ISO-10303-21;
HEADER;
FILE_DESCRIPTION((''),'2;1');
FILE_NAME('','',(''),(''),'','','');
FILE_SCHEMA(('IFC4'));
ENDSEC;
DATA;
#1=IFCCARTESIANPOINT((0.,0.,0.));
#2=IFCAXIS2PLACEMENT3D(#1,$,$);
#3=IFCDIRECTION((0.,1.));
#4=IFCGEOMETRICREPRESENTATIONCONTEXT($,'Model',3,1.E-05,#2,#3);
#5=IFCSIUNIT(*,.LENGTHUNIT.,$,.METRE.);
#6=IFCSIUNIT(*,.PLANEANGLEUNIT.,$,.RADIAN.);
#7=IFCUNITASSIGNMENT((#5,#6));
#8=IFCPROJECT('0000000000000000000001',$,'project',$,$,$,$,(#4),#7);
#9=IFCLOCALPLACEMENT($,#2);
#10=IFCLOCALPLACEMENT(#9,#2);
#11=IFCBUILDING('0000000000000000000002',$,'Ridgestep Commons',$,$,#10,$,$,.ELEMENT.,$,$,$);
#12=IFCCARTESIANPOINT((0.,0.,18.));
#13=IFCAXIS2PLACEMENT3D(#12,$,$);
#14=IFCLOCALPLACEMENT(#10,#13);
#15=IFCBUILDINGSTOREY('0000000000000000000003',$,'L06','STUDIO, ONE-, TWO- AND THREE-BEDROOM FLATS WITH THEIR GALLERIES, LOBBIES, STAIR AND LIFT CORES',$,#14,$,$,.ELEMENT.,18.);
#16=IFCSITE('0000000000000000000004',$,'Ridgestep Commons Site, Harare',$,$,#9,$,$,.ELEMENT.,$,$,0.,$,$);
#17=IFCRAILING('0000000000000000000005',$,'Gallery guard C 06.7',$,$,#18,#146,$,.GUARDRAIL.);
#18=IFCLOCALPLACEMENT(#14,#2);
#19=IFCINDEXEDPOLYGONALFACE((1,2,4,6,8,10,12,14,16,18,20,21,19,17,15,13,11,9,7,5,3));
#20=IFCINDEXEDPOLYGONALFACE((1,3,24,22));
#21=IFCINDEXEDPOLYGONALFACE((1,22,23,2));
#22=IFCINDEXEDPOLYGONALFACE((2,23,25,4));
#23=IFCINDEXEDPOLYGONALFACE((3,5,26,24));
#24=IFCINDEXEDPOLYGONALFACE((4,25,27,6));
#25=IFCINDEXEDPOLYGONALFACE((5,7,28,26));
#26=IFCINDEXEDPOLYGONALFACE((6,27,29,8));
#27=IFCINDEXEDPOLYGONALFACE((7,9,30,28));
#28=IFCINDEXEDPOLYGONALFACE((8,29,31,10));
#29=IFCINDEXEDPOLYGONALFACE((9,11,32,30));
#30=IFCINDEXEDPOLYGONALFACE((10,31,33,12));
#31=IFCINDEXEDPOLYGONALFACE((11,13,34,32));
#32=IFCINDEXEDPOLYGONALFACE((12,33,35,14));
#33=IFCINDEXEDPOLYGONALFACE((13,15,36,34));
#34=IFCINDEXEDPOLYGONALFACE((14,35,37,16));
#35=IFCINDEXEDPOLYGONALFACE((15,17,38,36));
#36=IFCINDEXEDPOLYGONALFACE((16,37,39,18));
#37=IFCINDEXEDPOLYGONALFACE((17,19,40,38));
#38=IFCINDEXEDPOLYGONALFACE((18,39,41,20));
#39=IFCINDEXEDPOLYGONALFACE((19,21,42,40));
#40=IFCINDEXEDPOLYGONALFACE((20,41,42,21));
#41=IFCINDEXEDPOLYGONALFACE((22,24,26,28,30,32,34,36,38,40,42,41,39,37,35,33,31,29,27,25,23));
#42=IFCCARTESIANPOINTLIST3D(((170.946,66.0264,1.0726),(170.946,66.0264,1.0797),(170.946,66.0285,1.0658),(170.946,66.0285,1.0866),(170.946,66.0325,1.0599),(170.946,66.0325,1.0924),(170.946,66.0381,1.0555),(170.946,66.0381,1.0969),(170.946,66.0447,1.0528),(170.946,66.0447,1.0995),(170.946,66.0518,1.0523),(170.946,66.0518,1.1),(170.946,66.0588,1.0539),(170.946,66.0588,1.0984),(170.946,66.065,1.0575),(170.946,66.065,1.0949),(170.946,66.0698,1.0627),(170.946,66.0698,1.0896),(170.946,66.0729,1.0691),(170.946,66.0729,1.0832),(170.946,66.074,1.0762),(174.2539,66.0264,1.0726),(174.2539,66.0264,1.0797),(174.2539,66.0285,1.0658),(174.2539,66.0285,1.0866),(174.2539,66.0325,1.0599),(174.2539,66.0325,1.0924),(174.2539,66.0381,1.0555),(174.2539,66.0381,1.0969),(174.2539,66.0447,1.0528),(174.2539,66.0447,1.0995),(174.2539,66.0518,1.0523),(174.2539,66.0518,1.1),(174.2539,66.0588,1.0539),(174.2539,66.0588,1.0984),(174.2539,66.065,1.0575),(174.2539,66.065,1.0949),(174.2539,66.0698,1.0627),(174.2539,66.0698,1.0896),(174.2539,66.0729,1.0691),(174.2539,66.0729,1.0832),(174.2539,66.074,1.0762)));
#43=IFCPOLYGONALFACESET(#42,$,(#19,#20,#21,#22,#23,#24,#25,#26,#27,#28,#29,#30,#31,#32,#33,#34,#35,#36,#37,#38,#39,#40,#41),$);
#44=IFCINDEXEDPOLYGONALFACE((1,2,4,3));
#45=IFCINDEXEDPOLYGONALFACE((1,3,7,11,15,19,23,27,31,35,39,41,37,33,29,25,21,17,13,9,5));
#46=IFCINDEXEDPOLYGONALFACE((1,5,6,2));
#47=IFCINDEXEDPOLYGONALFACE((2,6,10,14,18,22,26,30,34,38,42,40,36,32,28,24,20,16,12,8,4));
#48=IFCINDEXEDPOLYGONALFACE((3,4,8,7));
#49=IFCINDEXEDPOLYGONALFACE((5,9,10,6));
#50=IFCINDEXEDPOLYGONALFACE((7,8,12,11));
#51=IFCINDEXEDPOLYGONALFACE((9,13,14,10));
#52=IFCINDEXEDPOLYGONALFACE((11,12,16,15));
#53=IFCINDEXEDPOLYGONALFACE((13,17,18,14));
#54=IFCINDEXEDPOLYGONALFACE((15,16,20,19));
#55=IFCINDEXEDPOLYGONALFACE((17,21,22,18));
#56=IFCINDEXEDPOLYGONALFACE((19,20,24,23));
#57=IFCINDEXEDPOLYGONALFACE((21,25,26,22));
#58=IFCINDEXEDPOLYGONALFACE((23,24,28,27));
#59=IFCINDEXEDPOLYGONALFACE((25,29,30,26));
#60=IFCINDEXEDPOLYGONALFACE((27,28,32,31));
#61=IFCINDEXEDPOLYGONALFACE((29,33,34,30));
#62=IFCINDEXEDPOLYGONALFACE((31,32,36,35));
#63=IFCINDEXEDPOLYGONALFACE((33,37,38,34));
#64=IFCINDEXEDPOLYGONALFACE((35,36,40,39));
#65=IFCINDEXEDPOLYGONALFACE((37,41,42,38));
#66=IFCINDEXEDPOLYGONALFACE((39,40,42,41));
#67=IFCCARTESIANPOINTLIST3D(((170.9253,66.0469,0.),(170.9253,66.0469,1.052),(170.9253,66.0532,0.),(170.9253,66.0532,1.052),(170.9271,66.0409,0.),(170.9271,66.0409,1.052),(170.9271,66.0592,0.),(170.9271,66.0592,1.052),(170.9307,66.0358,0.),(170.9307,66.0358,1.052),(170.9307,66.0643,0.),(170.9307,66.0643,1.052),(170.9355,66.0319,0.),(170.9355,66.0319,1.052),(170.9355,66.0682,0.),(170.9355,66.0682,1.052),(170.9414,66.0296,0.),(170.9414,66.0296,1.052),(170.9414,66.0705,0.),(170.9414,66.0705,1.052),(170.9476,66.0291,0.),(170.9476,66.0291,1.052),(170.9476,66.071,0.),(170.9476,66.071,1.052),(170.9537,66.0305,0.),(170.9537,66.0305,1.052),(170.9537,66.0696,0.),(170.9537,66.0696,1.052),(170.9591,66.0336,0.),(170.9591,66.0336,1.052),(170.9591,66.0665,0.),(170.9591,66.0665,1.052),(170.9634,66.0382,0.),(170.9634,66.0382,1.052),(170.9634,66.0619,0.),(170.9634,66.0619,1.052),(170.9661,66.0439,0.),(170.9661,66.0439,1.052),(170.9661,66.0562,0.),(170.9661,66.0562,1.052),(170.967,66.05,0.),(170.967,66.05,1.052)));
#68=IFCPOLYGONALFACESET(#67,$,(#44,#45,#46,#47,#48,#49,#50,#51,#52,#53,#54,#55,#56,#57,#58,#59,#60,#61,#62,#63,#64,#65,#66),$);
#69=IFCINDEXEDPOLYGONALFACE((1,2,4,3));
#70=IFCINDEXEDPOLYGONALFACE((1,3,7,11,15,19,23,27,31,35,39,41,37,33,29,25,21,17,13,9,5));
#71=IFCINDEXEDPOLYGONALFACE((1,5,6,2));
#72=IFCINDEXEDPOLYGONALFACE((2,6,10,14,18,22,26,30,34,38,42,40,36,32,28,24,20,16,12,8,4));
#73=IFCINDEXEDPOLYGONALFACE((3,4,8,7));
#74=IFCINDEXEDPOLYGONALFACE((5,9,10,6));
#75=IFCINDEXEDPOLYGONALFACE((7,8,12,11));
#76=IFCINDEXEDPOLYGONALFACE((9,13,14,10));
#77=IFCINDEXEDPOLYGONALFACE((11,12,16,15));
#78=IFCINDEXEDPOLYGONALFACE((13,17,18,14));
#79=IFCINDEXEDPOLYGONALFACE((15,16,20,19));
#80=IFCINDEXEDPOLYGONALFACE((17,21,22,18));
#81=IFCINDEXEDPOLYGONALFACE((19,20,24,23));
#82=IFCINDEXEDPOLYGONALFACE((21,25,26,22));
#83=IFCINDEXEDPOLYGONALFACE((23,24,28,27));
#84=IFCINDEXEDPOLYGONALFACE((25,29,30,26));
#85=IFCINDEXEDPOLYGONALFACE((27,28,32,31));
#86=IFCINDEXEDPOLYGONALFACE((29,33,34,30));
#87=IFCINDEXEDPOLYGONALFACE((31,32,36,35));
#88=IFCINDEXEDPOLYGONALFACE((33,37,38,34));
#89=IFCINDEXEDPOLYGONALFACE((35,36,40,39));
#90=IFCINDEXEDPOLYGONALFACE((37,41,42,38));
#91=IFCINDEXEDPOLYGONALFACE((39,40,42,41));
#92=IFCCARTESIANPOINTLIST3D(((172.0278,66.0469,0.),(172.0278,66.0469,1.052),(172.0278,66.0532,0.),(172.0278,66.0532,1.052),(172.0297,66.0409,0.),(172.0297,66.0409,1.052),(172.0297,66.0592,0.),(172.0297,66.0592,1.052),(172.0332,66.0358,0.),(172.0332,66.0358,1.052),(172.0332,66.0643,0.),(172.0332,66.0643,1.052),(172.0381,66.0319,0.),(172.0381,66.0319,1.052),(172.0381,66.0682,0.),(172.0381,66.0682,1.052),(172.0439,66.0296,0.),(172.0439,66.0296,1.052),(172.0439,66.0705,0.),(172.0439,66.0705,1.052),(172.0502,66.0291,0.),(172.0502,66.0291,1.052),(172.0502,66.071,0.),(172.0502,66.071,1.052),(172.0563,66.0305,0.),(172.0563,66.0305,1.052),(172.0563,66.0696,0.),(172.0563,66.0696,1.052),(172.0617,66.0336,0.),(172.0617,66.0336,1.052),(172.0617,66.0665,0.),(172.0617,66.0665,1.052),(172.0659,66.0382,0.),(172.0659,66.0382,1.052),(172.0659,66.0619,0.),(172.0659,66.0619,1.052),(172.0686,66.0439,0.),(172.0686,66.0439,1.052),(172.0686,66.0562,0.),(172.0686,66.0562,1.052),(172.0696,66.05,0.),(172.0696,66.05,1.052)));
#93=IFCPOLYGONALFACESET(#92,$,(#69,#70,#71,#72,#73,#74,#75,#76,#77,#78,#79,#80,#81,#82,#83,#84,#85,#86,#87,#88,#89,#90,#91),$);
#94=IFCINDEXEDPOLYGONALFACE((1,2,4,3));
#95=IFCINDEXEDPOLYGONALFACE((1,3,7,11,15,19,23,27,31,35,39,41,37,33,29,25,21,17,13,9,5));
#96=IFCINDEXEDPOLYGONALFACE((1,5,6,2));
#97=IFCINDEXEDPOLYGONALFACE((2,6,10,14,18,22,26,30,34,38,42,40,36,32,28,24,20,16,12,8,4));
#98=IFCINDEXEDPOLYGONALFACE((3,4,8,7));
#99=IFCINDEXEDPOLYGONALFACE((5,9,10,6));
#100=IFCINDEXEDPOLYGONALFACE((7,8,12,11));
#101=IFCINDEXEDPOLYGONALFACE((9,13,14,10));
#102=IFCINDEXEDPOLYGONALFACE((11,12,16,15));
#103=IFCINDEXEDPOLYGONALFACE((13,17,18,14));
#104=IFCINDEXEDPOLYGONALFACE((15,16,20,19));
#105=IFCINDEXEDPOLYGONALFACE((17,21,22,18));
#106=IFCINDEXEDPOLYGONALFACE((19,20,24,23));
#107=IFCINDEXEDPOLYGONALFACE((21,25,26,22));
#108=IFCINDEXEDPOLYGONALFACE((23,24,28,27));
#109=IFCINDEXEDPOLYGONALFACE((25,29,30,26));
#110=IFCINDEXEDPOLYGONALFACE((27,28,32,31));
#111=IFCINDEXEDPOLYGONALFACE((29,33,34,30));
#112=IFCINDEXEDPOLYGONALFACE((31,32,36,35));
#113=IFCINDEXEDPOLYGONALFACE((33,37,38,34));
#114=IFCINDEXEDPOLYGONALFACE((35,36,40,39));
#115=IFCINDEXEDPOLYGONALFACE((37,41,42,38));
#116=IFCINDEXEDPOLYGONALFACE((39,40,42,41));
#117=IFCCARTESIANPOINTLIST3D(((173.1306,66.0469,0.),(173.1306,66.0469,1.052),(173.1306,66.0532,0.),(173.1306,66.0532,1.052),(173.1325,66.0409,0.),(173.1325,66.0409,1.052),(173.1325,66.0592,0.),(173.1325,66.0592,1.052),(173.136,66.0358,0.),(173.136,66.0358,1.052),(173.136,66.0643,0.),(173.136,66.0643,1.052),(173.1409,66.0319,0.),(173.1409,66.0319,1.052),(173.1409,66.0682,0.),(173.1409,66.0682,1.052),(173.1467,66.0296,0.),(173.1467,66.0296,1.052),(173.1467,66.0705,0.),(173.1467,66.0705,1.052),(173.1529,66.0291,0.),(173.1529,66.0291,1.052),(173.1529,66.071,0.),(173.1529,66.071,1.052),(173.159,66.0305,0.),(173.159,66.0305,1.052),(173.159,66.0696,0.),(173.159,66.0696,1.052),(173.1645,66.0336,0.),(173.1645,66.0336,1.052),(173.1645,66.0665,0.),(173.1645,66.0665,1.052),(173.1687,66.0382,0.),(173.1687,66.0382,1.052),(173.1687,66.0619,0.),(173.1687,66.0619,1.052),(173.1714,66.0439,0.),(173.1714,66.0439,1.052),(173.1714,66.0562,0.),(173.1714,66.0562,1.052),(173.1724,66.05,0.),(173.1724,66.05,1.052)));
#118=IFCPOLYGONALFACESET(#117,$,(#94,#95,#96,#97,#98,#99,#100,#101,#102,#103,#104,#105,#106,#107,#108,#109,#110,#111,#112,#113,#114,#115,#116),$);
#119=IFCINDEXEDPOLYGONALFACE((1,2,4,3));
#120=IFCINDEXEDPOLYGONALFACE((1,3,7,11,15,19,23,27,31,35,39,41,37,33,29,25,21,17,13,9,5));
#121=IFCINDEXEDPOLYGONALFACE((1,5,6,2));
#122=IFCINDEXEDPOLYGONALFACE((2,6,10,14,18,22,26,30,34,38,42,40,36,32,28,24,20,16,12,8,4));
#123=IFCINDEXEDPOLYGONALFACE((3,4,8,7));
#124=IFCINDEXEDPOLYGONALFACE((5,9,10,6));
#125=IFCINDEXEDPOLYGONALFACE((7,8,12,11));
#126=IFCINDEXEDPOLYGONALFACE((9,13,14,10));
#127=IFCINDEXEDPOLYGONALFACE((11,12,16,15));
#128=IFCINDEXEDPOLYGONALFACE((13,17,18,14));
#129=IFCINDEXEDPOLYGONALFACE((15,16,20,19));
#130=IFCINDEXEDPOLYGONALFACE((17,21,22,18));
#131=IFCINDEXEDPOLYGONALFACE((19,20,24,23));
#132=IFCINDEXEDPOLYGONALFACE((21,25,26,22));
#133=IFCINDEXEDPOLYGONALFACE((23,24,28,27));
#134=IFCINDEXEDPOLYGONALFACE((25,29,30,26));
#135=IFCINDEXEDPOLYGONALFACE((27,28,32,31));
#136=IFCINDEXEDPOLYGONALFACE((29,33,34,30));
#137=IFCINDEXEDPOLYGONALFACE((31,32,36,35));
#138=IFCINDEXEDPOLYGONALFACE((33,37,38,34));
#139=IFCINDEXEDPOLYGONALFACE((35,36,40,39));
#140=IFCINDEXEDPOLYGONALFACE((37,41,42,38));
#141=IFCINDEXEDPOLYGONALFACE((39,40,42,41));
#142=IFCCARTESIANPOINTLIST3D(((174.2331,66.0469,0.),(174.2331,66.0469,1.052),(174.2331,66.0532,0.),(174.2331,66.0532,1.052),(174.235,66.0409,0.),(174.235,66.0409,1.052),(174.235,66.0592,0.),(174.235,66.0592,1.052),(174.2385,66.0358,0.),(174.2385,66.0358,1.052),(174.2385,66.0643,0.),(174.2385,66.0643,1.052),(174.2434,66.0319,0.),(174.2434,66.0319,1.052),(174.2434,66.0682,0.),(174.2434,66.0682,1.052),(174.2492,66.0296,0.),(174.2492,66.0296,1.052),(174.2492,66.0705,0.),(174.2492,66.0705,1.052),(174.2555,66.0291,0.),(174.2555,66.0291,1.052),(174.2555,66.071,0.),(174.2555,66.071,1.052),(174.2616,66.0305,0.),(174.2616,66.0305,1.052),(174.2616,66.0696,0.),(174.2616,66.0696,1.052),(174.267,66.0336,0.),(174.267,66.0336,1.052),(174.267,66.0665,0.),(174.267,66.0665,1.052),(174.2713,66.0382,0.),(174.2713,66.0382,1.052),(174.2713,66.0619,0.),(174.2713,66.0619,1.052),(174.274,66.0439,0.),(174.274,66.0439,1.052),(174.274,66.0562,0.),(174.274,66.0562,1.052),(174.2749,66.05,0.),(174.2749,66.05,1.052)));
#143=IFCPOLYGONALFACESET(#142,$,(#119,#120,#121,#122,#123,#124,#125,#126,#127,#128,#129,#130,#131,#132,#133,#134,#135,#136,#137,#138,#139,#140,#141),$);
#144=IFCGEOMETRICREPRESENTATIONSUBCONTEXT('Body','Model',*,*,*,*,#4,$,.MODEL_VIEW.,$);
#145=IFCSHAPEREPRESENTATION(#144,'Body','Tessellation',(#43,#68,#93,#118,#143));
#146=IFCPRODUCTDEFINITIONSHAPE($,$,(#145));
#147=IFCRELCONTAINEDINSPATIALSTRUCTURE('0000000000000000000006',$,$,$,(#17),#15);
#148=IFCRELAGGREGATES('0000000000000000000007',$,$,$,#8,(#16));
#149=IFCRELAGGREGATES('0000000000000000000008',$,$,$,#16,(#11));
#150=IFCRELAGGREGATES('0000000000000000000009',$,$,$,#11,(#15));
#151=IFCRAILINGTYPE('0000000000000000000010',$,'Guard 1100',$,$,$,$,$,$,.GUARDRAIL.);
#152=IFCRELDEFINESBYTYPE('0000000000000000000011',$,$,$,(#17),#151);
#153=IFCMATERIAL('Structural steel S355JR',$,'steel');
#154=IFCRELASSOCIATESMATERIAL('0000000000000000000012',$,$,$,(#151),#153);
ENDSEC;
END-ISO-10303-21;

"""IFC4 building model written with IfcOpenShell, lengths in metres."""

from ifc_helpers import new_model, si_unit, direction, frame, origin, origin_2d, place, context, subcontext, project, spatial, circle, extrude, material, type_object, element, save


model = new_model("IFC4")

# Units and contexts
model_context = context("Model", 3, precision=1e-05, world=origin(), true_north=direction((0.0, 1.0)))
body_context = subcontext(model_context, "Body", "Model", "MODEL_VIEW")
ifc_project = project(units=[si_unit("LENGTHUNIT", "METRE"), si_unit("PLANEANGLEUNIT", "RADIAN")], contexts=[model_context])

# Site, building, storey
site_placement = place(None, origin())
site = spatial("IfcSite", under=ifc_project, at=site_placement, Name="Ridgestep Commons Site, Harare", CompositionType="ELEMENT", RefElevation=0.0)
building_placement = place(site_placement, origin())
building = spatial("IfcBuilding", under=site, at=building_placement, Name="Ridgestep Commons", CompositionType="ELEMENT")
storey_placement = place(building_placement, frame((0.0, 0.0, 18.0)))
storey = spatial("IfcBuildingStorey", under=building, at=storey_placement, Name="L06", Description="STUDIO, ONE-, TWO- AND THREE-BEDROOM FLATS WITH THEIR GALLERIES, LOBBIES, STAIR AND LIFT CORES", CompositionType="ELEMENT", Elevation=18.0)

# Railing
ifc_material_1 = material(Name="Structural steel S355JR", Category="steel")
railing_type = type_object("IfcRailingType", Name="Guard 1100", PredefinedType="GUARDRAIL", material=ifc_material_1)
railing_1_placement = place(storey_placement, frame((170.946, 66.05, 0.0)))
element("IfcRailing", 1, at=railing_1_placement, inside=storey, type_object=railing_type, Name="Gallery guard C 06.7", PredefinedType="GUARDRAIL", context=body_context, shape_type="SweptSolid", body=[
    extrude(circle(Radius=0.0239, at=origin_2d()), frame((0.0, 0.0, 1.0762), z_axis=(1.0, 0.0, 0.0), x_axis=(0.0, 1.0, 0.0)), (0.0, 0.0, 1.0), 3.3079),
    extrude(circle(Radius=0.021, at=origin_2d()), origin(), (0.0, 0.0, 1.0), 1.052),
    extrude(circle(Radius=0.021, at=origin_2d()), frame((1.1025, 0.0, 0.0)), (0.0, 0.0, 1.0), 1.052),
    extrude(circle(Radius=0.021, at=origin_2d()), frame((2.2053, 0.0, 0.0)), (0.0, 0.0, 1.0), 1.052),
    extrude(circle(Radius=0.021, at=origin_2d()), frame((3.3079, 0.0, 0.0)), (0.0, 0.0, 1.0), 1.052),
])

save(model, "model.ifc")
